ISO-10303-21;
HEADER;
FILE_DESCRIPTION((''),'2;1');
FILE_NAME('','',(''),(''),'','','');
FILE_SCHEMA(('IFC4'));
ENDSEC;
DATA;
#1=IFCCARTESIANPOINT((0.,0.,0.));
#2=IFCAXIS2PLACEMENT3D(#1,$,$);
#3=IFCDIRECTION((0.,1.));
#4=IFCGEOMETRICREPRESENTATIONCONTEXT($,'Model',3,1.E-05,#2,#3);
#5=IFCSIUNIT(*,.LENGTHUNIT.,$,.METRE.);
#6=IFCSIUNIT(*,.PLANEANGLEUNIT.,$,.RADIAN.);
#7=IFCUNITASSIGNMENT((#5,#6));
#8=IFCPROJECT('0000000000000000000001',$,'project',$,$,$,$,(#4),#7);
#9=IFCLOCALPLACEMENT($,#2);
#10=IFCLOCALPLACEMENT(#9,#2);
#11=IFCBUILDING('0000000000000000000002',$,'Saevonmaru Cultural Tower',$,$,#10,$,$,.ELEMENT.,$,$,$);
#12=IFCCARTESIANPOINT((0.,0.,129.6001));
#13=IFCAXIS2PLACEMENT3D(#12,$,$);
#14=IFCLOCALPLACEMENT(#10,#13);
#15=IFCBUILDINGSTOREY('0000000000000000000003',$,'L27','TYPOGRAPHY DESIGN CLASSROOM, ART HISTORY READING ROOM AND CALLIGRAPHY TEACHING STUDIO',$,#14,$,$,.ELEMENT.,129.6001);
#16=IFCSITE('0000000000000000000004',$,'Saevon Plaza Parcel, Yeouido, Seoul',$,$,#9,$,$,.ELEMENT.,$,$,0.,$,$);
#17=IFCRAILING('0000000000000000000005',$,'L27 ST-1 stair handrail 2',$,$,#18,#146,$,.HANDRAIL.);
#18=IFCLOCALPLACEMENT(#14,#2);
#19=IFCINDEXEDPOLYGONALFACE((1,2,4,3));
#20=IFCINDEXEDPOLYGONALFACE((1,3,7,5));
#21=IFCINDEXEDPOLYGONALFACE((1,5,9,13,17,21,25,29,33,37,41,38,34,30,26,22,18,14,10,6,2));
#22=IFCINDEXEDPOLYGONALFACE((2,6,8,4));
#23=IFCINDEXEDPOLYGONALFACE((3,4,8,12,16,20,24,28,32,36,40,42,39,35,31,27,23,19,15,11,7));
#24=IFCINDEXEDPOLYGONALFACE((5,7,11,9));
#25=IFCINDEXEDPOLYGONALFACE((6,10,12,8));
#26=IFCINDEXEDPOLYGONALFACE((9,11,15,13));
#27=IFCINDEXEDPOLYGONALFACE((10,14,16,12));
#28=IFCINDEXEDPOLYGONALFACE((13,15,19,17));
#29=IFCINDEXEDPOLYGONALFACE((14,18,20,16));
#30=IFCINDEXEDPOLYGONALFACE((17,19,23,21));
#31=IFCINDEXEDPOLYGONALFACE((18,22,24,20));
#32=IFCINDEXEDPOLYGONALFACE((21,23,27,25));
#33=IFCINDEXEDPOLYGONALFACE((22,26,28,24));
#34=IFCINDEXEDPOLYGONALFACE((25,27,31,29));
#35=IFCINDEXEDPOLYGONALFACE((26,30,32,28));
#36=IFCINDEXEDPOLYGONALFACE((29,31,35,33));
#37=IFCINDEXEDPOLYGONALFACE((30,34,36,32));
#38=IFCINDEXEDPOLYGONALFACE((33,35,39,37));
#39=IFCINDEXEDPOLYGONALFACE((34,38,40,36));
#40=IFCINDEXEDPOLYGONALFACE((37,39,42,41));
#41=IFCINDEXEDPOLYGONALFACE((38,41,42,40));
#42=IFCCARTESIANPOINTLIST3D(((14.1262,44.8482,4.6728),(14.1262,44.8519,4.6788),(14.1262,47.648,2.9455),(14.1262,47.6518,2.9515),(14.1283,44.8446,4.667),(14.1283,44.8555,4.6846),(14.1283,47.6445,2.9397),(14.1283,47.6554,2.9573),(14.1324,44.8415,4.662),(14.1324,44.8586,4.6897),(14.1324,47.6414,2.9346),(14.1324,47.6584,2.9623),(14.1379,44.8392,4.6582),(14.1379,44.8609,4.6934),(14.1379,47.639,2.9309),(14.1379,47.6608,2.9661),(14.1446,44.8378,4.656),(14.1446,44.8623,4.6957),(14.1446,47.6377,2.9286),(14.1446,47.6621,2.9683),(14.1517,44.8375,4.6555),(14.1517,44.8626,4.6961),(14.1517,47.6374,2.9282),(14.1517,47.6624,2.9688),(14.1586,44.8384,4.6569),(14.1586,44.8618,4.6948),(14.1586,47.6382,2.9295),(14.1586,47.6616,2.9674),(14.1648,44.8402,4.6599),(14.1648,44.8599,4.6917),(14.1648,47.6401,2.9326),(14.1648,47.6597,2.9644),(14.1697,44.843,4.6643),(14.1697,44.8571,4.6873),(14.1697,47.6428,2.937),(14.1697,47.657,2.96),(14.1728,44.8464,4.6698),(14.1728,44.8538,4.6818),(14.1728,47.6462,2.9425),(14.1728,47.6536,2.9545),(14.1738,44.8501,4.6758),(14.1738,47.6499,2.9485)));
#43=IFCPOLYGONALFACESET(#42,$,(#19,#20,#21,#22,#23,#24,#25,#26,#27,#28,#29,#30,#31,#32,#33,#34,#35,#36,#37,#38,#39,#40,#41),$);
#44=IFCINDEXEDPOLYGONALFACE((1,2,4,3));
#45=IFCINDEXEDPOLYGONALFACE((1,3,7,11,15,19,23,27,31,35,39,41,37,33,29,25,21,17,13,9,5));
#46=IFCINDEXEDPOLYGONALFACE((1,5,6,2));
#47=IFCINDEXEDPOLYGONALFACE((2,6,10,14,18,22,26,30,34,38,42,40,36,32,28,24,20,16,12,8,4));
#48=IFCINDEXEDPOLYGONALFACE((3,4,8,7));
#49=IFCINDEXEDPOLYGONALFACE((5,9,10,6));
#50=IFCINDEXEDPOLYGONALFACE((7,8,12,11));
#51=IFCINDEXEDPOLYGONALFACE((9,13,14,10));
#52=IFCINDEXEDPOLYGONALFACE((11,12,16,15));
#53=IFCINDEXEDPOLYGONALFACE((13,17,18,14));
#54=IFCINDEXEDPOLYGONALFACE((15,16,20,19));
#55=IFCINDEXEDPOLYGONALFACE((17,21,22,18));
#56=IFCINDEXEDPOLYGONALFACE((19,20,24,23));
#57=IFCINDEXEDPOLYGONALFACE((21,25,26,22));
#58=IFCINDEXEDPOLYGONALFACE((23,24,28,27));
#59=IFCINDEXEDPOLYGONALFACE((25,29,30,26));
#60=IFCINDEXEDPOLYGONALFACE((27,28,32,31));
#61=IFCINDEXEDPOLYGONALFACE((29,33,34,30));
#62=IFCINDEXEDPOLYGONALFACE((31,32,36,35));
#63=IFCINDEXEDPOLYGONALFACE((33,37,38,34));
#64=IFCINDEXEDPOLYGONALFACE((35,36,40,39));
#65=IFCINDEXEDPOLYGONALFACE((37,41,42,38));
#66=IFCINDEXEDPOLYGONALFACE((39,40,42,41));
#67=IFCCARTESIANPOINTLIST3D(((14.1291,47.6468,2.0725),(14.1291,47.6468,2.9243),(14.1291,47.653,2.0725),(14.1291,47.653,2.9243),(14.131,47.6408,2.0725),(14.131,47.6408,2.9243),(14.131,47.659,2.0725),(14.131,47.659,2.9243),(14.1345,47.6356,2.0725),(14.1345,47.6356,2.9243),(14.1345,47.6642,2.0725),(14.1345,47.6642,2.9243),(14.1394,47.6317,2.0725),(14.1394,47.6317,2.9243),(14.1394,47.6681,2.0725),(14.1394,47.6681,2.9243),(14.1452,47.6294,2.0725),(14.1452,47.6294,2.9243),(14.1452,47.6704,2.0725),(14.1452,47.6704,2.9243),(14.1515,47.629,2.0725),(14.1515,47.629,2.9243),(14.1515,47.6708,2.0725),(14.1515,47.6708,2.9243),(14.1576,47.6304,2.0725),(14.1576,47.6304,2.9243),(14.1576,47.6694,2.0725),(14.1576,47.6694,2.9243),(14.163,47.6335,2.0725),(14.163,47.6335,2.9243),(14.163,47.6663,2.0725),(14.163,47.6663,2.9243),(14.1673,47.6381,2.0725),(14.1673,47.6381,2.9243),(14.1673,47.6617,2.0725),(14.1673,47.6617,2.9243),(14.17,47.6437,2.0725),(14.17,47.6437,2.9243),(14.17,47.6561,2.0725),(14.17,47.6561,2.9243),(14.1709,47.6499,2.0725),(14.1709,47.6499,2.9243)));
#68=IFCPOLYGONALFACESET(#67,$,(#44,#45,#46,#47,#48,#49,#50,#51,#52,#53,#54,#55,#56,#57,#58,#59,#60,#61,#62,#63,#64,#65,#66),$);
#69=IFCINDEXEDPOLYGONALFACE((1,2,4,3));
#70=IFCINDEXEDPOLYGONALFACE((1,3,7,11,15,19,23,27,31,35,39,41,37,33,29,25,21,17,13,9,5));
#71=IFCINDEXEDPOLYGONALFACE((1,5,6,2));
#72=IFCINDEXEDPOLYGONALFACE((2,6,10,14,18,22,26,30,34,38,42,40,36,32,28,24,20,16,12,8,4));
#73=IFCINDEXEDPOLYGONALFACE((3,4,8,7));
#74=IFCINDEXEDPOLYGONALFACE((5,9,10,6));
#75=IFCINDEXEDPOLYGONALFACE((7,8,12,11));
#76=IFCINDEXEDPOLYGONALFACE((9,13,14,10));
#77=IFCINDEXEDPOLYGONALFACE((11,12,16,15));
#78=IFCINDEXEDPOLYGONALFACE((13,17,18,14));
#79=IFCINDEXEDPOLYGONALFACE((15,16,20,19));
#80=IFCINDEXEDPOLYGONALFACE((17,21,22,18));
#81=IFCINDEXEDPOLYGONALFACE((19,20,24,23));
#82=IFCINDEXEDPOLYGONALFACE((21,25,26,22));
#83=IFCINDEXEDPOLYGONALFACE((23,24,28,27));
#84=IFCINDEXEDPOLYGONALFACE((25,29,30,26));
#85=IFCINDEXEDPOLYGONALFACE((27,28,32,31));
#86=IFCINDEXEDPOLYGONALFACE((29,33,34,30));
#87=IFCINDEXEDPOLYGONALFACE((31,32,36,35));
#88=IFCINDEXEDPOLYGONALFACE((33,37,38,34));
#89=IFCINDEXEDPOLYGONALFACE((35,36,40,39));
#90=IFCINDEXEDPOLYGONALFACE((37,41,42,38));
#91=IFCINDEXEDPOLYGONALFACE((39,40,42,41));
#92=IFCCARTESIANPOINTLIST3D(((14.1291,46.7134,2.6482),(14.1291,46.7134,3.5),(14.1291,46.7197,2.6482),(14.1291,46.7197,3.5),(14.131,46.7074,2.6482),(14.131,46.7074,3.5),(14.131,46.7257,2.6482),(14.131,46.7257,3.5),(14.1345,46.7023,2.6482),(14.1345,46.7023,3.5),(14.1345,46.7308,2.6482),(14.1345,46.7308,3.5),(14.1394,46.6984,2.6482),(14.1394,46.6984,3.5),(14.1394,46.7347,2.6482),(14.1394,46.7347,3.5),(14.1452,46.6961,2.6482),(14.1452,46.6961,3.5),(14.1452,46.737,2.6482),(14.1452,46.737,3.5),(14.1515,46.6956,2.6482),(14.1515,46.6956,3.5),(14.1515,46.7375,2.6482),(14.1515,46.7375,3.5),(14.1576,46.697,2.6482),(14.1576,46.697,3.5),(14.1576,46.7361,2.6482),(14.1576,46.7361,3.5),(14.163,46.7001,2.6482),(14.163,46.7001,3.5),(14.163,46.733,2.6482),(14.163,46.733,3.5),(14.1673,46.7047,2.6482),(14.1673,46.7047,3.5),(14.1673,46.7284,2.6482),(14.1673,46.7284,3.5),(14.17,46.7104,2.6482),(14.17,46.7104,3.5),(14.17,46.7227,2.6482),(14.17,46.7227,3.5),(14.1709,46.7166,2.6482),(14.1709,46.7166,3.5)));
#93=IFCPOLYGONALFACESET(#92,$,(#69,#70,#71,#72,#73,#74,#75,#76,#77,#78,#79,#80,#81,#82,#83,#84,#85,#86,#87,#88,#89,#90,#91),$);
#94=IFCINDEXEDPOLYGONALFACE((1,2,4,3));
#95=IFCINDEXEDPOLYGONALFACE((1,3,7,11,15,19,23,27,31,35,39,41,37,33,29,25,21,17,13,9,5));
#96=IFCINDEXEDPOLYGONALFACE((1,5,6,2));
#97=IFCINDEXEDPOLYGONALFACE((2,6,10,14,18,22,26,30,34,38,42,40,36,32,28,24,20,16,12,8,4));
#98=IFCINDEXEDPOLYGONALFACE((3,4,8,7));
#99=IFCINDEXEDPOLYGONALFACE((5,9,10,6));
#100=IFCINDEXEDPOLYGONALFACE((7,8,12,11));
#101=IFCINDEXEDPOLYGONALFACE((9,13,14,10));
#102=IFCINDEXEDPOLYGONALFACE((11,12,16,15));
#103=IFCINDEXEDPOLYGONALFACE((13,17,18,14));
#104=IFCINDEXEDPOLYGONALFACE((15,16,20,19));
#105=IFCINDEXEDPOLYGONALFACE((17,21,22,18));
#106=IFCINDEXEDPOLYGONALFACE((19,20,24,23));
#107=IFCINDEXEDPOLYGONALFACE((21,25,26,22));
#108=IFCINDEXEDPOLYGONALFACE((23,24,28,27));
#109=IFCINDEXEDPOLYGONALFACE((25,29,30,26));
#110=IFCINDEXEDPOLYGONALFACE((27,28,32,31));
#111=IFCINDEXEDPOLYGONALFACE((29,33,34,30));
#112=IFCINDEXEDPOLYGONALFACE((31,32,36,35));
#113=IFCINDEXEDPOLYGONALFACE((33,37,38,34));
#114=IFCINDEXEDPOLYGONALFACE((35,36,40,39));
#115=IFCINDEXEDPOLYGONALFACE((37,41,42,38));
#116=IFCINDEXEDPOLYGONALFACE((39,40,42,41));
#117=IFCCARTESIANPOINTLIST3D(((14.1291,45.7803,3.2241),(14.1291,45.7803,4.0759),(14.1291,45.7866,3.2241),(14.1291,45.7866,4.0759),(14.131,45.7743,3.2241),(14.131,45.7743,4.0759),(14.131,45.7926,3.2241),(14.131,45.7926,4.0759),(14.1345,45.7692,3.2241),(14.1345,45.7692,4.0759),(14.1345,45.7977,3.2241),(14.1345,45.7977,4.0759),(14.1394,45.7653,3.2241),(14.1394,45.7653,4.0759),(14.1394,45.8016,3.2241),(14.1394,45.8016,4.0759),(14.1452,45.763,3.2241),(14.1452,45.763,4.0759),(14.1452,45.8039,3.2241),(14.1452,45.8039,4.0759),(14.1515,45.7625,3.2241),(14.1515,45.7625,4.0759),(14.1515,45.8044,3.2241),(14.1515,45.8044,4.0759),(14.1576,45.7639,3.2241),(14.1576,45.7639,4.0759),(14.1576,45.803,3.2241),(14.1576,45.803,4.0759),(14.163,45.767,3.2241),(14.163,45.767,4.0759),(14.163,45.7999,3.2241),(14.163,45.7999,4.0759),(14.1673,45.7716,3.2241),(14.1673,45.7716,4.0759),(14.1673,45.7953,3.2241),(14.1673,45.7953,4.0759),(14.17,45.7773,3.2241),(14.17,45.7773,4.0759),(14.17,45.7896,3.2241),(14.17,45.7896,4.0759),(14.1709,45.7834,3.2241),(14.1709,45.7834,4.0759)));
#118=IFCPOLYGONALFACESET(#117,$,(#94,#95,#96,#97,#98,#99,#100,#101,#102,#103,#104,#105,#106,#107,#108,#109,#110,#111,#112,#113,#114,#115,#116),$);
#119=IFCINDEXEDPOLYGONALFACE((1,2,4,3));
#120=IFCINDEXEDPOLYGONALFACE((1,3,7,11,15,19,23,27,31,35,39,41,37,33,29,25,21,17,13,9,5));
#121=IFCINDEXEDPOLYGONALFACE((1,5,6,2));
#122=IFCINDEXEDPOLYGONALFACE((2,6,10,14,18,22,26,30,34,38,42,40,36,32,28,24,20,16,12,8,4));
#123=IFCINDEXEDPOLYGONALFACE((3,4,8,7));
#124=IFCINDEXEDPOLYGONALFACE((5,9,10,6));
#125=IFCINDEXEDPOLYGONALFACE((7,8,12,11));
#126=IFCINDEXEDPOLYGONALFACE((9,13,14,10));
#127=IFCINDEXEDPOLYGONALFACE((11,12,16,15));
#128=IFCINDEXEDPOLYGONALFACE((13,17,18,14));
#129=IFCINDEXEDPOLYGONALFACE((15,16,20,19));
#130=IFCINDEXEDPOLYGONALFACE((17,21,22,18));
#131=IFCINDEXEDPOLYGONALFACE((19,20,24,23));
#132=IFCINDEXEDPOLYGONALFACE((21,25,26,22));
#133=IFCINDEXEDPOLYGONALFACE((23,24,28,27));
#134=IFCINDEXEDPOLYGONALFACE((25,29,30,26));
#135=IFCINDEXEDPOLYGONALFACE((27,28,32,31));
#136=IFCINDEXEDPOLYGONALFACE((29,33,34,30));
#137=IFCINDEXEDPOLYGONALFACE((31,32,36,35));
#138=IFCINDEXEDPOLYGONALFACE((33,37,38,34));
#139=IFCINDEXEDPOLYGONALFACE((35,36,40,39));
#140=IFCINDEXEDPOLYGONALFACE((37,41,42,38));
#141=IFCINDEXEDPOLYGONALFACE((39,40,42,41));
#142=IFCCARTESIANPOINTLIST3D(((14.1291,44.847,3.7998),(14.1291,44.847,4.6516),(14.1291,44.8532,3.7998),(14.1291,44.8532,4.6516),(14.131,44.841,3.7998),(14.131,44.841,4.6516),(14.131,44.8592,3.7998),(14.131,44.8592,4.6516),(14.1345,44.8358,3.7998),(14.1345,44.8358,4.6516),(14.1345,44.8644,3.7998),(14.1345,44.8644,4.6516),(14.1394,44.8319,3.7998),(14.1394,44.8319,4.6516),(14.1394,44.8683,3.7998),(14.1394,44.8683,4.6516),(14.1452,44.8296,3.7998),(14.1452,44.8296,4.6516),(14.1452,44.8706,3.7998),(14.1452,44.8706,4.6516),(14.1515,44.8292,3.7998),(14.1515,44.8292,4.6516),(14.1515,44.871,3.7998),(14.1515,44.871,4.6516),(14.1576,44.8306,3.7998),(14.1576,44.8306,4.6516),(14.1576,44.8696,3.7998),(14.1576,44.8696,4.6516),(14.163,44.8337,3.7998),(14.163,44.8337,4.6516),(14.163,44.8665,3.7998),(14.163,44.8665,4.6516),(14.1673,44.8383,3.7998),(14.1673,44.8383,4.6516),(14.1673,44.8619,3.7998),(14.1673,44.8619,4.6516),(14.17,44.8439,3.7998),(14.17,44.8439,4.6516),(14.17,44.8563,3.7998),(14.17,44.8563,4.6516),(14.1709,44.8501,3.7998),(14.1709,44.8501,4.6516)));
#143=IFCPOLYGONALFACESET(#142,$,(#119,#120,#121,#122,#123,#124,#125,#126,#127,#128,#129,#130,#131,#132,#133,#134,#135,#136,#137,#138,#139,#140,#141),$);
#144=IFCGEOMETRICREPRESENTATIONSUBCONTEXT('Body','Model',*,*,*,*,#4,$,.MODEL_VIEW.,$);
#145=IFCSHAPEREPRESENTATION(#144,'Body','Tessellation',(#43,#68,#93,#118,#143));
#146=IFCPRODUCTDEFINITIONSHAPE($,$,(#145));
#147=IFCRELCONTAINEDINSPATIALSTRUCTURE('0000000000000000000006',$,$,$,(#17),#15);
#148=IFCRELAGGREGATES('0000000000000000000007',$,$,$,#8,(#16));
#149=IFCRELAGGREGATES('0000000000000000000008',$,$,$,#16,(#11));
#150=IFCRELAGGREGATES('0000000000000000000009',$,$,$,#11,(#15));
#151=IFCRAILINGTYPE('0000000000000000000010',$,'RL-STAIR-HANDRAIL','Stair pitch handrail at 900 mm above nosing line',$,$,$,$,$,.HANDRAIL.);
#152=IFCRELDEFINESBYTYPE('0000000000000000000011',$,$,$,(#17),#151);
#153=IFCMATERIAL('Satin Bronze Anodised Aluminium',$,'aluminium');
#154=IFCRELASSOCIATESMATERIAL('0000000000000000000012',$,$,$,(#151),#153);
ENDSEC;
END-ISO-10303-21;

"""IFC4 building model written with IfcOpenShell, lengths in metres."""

from ifc_helpers import new_model, si_unit, direction, frame, origin, origin_2d, place, context, subcontext, project, spatial, circle, extrude, material, type_object, element, save


model = new_model("IFC4")

# Units and contexts
model_context = context("Model", 3, precision=1e-05, world=origin(), true_north=direction((0.0, 1.0)))
body_context = subcontext(model_context, "Body", "Model", "MODEL_VIEW")
ifc_project = project(units=[si_unit("LENGTHUNIT", "METRE"), si_unit("PLANEANGLEUNIT", "RADIAN")], contexts=[model_context])

# Site, building, storey
site_placement = place(None, origin())
site = spatial("IfcSite", under=ifc_project, at=site_placement, Name="Saevon Plaza Parcel, Yeouido, Seoul", CompositionType="ELEMENT", RefElevation=0.0)
building_placement = place(site_placement, origin())
building = spatial("IfcBuilding", under=site, at=building_placement, Name="Saevonmaru Cultural Tower", CompositionType="ELEMENT")
storey_placement = place(building_placement, frame((0.0, 0.0, 129.6001)))
storey = spatial("IfcBuildingStorey", under=building, at=storey_placement, Name="L27", Description="TYPOGRAPHY DESIGN CLASSROOM, ART HISTORY READING ROOM AND CALLIGRAPHY TEACHING STUDIO", CompositionType="ELEMENT", Elevation=129.6001)

# Shared definitions
ifc_material_1 = material(Name="Satin Bronze Anodised Aluminium", Category="aluminium")

# Railing
railing_type_1 = type_object("IfcRailingType", Name="RL-STAIR-HANDRAIL", Description="Stair pitch handrail at 900 mm above nosing line", PredefinedType="HANDRAIL", material=ifc_material_1)
railing_1_placement = place(storey_placement, frame((14.1499, 47.6499, 2.0725)))
element("IfcRailing", 1, at=railing_1_placement, inside=storey, type_object=railing_type_1, Name="L27 ST-1 stair handrail 2", PredefinedType="HANDRAIL", context=body_context, shape_type="SweptSolid", body=[
    extrude(circle(Radius=0.0239, at=origin_2d()), frame((0.0, 0.0, 0.876), z_axis=(0.0, -0.851069, 0.525054), x_axis=(1.0, 0.0, 0.0)), (0.0, 0.0, 1.0), 3.2898),
    extrude(circle(Radius=0.021, at=origin_2d()), origin(), (0.0, 0.0, 1.0), 0.8518),
    extrude(circle(Radius=0.021, at=origin_2d()), frame((0.0, -0.9333, 0.5757)), (0.0, 0.0, 1.0), 0.8518),
    extrude(circle(Radius=0.021, at=origin_2d()), frame((0.0, -1.8665, 1.1516)), (0.0, 0.0, 1.0), 0.8518),
    extrude(circle(Radius=0.021, at=origin_2d()), frame((0.0, -2.7998, 1.7273)), (0.0, 0.0, 1.0), 0.8518),
])

save(model, "model.ifc")
